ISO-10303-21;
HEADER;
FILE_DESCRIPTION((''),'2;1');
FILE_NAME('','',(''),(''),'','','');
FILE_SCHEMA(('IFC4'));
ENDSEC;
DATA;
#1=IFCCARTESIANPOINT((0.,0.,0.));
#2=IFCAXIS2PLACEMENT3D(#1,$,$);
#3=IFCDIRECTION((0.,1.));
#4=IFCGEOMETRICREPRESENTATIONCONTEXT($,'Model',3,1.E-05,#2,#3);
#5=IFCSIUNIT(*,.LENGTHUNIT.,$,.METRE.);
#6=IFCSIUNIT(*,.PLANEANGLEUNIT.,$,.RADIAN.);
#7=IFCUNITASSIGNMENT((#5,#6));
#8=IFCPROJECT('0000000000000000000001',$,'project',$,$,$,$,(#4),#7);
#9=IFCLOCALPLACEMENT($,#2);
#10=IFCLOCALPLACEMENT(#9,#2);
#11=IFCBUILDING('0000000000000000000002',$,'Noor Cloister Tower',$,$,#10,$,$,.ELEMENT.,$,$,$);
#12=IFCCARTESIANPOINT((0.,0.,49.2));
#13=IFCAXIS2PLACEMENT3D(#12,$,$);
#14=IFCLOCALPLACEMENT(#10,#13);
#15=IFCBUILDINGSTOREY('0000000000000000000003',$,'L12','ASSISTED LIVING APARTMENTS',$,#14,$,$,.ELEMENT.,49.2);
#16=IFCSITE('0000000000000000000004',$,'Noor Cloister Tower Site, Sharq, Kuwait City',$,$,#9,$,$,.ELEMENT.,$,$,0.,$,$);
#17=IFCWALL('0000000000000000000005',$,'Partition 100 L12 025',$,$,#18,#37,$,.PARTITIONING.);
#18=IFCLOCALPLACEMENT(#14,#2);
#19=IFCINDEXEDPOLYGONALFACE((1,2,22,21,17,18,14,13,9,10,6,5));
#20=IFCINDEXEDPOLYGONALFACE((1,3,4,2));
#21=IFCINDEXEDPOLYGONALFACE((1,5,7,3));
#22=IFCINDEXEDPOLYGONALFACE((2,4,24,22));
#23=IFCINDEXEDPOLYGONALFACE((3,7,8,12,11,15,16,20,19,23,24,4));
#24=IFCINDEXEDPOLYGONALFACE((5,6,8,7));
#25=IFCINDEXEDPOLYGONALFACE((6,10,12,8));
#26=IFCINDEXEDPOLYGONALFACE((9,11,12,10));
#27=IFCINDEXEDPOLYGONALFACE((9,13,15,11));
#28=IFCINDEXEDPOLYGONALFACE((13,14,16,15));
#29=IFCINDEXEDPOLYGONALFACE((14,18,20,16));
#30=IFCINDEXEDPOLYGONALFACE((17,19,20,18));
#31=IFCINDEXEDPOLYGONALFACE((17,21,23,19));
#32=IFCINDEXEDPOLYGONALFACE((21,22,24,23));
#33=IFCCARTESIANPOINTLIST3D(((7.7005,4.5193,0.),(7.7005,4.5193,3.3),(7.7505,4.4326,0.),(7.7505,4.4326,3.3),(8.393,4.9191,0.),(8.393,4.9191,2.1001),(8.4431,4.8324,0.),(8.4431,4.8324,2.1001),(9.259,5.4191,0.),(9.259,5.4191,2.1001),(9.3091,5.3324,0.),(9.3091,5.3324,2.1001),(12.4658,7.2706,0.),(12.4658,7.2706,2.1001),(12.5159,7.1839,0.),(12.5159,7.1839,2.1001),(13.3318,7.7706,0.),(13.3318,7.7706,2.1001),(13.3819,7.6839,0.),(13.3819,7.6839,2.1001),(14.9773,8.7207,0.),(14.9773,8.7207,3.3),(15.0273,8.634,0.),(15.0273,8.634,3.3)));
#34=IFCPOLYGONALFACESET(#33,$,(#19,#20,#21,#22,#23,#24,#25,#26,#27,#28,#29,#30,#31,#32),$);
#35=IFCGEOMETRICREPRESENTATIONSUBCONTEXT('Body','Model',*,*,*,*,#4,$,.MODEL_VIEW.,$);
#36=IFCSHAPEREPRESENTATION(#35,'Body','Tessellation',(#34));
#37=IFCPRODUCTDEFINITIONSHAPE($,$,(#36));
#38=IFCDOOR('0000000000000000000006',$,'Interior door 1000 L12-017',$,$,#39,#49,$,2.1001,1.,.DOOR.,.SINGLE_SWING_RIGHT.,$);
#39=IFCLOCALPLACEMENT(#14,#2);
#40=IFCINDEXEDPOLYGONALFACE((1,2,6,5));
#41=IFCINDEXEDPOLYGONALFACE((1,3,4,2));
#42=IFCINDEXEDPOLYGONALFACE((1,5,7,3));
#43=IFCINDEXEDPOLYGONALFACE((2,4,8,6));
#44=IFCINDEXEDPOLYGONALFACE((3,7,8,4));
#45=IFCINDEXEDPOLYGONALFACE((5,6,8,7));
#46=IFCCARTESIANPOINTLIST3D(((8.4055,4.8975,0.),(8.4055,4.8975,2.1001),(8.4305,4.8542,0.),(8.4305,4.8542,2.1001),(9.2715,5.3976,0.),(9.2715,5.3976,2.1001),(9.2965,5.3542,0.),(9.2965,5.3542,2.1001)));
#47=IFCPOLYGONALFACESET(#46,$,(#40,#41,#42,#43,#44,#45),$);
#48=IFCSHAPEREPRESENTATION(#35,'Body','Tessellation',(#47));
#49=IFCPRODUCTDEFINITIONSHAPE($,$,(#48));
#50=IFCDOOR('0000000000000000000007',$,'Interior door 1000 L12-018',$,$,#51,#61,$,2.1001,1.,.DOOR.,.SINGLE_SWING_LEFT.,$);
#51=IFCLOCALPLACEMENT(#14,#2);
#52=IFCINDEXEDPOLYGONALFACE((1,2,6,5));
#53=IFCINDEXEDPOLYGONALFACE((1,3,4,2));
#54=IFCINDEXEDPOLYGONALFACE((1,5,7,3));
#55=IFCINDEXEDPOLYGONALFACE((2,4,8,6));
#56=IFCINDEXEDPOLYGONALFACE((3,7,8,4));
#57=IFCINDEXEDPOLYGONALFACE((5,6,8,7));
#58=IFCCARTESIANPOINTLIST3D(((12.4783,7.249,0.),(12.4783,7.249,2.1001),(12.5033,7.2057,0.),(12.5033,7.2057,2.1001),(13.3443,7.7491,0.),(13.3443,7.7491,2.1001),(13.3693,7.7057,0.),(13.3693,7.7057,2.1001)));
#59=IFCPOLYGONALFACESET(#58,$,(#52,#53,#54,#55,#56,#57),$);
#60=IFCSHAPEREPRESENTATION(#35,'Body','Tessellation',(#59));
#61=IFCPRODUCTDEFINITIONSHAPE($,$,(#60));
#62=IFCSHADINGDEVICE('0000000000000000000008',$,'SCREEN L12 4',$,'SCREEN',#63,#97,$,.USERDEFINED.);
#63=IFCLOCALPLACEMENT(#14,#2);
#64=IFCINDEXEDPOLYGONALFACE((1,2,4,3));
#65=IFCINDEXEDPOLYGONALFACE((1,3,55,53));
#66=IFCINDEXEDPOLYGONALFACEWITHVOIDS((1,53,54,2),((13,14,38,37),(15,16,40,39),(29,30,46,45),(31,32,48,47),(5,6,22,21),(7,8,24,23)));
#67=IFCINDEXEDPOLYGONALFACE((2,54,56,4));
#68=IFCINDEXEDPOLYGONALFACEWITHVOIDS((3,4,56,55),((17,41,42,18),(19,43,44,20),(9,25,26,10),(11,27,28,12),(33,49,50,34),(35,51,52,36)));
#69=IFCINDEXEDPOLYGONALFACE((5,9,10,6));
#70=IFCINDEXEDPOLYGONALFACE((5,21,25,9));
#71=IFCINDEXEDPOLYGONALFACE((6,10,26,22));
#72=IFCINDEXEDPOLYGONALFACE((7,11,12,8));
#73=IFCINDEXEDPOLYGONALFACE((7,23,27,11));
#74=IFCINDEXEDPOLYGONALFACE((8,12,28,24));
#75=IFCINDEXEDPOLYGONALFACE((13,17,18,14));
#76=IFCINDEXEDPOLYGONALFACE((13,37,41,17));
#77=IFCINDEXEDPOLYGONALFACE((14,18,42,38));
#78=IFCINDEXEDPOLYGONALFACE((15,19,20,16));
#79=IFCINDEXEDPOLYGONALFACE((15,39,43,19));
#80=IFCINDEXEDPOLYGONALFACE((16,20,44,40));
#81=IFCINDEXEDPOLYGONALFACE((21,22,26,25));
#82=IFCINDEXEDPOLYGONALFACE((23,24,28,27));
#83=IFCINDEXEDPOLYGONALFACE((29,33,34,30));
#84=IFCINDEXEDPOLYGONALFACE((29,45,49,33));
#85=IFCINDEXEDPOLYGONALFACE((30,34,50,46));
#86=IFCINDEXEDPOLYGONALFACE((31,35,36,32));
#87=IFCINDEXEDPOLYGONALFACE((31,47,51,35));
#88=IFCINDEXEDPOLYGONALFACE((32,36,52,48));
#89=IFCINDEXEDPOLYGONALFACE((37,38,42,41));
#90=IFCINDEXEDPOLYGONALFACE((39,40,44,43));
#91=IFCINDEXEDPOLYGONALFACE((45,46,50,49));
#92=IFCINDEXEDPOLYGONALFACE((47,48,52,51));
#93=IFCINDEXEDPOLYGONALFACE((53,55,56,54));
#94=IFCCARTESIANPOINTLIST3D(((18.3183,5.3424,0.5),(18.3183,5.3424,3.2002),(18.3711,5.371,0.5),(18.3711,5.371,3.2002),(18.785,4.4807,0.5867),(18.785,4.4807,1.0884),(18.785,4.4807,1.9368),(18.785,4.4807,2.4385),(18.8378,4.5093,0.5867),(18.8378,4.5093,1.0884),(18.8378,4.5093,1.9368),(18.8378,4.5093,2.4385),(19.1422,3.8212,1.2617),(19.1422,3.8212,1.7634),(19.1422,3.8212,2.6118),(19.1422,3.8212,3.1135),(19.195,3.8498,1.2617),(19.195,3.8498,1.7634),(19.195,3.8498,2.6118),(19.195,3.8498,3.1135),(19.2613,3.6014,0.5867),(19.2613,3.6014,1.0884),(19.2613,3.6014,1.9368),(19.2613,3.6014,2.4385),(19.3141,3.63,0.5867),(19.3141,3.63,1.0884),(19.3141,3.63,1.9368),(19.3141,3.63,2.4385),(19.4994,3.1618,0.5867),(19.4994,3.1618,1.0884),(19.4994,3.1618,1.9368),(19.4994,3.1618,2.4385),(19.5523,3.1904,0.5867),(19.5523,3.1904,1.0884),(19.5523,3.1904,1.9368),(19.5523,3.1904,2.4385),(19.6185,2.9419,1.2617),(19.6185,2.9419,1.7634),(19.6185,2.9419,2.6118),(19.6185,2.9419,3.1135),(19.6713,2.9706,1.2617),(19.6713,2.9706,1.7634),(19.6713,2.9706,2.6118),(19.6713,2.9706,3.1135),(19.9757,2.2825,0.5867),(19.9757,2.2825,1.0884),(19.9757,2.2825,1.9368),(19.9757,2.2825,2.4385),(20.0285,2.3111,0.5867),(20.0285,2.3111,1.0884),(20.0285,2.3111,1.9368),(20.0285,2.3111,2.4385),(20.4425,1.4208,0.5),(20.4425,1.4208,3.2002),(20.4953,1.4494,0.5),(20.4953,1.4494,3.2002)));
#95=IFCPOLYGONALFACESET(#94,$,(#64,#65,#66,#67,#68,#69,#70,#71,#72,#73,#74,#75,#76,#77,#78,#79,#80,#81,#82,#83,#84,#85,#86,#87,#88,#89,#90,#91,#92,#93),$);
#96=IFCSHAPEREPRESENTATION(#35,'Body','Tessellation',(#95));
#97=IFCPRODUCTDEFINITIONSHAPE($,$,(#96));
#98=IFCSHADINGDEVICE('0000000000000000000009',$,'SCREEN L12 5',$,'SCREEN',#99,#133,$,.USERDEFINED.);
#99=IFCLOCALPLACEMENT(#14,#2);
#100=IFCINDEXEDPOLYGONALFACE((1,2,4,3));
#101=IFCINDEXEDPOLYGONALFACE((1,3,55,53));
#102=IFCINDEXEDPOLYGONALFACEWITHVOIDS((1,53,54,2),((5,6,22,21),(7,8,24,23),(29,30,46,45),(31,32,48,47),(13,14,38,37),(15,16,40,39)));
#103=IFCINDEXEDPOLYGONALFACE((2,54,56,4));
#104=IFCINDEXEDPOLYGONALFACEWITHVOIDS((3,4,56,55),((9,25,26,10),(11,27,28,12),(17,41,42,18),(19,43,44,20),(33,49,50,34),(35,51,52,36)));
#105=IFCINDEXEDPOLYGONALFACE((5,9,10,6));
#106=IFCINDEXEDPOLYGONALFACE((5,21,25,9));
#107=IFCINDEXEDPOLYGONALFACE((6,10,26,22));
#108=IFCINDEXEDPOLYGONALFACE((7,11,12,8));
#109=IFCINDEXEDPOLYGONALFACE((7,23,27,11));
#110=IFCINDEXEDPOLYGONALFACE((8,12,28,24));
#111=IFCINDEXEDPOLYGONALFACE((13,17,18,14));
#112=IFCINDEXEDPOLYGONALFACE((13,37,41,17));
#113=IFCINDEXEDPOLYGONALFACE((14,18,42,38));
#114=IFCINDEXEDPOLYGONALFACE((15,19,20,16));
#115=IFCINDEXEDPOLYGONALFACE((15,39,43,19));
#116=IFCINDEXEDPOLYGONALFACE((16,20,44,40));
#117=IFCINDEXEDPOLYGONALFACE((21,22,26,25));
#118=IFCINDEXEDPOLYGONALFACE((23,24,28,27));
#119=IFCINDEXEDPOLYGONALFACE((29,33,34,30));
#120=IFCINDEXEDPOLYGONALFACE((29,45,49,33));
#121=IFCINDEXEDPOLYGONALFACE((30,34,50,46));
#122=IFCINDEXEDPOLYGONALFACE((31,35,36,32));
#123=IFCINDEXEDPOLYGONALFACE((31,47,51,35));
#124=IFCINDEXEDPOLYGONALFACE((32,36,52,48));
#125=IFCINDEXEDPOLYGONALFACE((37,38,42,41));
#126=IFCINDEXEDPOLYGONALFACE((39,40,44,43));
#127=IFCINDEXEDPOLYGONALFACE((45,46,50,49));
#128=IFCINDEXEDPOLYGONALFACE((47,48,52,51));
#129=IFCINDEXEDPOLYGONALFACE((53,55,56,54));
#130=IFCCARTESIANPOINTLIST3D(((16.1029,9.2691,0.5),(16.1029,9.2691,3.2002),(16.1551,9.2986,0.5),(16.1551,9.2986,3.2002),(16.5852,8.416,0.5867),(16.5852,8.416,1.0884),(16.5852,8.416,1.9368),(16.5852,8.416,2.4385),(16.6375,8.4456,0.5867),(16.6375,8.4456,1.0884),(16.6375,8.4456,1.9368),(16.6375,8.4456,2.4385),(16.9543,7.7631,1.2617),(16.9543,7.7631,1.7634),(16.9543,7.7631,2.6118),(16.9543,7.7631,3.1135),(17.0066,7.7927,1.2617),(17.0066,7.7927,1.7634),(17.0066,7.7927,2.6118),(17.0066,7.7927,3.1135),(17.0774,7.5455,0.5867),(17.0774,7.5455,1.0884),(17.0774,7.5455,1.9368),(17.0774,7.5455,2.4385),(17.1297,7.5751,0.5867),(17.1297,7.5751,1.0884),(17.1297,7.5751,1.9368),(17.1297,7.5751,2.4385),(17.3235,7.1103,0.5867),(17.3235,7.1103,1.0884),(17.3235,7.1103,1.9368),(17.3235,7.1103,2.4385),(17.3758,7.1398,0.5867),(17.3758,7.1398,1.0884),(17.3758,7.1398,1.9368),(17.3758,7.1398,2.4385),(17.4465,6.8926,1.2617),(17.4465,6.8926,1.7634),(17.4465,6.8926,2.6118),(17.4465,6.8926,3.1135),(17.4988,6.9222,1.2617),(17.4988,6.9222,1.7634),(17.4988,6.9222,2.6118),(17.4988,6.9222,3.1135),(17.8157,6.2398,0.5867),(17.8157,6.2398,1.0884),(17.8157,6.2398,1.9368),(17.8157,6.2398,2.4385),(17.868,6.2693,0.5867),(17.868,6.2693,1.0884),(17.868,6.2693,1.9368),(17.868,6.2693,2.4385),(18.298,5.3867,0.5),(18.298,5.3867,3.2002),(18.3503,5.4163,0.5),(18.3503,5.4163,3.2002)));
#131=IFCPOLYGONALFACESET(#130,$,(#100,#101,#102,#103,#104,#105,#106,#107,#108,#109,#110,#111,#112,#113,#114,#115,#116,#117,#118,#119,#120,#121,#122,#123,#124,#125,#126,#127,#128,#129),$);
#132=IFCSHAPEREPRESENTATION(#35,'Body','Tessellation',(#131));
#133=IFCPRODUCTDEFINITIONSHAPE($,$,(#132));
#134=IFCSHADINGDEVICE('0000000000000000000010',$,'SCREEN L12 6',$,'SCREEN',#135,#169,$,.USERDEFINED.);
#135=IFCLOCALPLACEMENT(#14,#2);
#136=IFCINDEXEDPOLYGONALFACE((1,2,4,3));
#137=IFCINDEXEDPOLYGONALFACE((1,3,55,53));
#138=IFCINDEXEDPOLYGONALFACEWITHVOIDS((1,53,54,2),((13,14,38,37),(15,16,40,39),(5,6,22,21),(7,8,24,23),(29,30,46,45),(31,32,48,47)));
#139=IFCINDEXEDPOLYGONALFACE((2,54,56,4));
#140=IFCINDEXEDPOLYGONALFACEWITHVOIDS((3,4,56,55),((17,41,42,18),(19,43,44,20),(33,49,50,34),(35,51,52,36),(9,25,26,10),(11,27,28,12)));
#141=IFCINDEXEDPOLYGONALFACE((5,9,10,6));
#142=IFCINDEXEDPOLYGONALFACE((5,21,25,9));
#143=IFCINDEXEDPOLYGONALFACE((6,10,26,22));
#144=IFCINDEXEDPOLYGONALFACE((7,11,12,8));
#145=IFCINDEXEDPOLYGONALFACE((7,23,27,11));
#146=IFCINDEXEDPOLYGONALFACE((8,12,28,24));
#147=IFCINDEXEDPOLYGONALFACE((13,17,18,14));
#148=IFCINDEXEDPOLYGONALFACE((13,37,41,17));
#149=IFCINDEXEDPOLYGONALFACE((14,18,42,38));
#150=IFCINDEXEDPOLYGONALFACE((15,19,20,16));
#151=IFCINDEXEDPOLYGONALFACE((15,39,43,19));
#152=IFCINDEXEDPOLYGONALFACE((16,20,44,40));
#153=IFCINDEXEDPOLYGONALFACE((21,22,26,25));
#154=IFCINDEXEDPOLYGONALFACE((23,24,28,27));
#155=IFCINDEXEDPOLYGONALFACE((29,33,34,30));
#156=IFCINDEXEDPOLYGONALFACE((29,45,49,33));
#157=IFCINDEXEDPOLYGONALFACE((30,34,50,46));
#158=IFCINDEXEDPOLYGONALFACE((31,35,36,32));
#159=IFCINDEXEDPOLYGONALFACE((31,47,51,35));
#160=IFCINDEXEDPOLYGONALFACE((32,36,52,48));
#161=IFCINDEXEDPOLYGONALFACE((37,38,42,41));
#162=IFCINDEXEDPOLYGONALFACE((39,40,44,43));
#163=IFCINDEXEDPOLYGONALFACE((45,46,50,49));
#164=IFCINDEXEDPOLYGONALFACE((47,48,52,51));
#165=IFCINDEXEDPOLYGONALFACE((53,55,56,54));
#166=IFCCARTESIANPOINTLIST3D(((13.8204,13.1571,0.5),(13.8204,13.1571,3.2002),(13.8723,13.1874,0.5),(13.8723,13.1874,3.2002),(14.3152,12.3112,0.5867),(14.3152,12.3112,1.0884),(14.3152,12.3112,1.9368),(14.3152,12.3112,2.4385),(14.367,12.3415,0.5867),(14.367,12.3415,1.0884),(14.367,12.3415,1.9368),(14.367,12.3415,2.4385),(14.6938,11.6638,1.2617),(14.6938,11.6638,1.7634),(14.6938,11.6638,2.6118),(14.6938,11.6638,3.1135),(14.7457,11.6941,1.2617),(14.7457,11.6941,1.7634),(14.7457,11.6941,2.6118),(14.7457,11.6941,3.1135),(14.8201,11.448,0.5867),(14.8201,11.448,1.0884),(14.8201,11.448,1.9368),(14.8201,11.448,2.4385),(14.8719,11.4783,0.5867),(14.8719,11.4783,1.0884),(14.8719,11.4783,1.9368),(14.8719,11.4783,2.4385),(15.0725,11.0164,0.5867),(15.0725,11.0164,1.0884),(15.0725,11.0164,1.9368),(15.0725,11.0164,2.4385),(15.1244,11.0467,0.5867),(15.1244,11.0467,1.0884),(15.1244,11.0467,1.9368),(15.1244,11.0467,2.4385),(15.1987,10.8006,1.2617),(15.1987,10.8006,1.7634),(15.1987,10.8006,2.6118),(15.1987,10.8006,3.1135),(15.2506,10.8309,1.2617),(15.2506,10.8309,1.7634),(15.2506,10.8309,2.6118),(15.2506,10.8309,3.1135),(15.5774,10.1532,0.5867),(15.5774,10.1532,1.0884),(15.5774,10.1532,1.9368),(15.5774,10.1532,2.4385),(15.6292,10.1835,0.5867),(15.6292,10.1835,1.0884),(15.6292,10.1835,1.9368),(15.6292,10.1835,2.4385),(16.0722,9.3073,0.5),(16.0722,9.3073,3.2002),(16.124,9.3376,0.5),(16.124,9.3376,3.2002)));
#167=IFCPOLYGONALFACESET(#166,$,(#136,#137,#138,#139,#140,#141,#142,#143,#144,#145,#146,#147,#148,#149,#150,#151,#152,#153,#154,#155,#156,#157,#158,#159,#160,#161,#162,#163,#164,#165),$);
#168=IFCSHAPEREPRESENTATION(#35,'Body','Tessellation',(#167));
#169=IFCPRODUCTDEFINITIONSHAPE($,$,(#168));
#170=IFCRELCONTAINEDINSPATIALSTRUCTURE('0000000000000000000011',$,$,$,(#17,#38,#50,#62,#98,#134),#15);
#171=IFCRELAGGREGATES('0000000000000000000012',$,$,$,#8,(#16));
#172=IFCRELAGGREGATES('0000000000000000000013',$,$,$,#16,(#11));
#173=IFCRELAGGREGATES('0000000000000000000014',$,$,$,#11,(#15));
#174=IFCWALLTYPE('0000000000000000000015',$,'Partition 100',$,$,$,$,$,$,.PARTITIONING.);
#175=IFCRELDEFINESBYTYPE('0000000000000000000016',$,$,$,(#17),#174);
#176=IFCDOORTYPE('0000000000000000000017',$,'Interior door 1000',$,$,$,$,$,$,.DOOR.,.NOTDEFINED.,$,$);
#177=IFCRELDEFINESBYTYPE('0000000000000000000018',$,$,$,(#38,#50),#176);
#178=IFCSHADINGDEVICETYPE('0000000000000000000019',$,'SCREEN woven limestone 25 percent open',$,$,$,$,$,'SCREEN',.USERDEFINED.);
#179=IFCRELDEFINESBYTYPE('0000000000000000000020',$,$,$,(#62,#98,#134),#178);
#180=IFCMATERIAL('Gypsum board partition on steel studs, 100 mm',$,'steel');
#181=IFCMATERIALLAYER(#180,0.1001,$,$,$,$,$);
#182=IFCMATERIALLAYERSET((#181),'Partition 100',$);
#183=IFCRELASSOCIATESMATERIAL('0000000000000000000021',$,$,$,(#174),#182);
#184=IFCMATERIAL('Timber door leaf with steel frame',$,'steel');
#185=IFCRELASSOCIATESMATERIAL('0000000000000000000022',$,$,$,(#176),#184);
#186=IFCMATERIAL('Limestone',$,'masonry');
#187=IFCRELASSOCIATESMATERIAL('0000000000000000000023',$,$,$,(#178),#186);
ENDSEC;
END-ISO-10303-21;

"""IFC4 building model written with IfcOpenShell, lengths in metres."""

from ifc_helpers import new_model, si_unit, direction, frame, frame_2d, origin, place, context, subcontext, project, spatial, polyline, rectangle, outline, extrude, material, layer, layer_set, material_profile, profile_set, type_object, element, fill, save


model = new_model("IFC4")

# Units and contexts
model_context = context("Model", 3, precision=1e-05, world=origin(), true_north=direction((0.0, 1.0)))
body_context = subcontext(model_context, "Body", "Model", "MODEL_VIEW")
ifc_project = project(units=[si_unit("LENGTHUNIT", "METRE"), si_unit("PLANEANGLEUNIT", "RADIAN")], contexts=[model_context])

# Site, building, storey
site_placement = place(None, origin())
site = spatial("IfcSite", under=ifc_project, at=site_placement, Name="Noor Cloister Tower Site, Sharq, Kuwait City", CompositionType="ELEMENT", RefElevation=0.0)
building_placement = place(site_placement, origin())
building = spatial("IfcBuilding", under=site, at=building_placement, Name="Noor Cloister Tower", CompositionType="ELEMENT")
storey_placement = place(building_placement, frame((0.0, 0.0, 49.2)))
storey = spatial("IfcBuildingStorey", under=building, at=storey_placement, Name="L12", Description="ASSISTED LIVING APARTMENTS", CompositionType="ELEMENT", Elevation=49.2)

# Wall, openings, doors
ifc_material_1 = material(Name="Gypsum board partition on steel studs, 100 mm", Category="steel")
ifc_layer_1 = layer(ifc_material_1, 0.1001)
ifc_layer_set_1 = layer_set([ifc_layer_1], Name="Partition 100")
wall_type_1 = type_object("IfcWallType", Name="Partition 100", PredefinedType="PARTITIONING", material=ifc_layer_set_1)
wall_1_placement = place(storey_placement, frame((15.0022, 8.6772, 0.0), z_axis=(0.0, 0.0, 1.0), x_axis=(-0.866019, -0.500011, 0.0)))
wall_1 = element("IfcWall", 1, at=wall_1_placement, inside=storey, type_object=wall_type_1, Name="Partition 100 L12 025", PredefinedType="PARTITIONING", context=body_context, shape_type="SweptSolid", body=[
    extrude(rectangle(XDim=8.4026, YDim=0.1001, at=frame_2d((4.2012, 0.0))), origin(), (0.0, 0.0, 1.0), 3.3),
])
opening_1_placement = place(wall_1_placement, frame((6.6028, 0.0, 0.0)))
opening_1 = element("IfcOpeningElement", 2, at=opening_1_placement, cuts=wall_1, PredefinedType="OPENING", context=body_context, shape_type="SweptSolid", body=[
    extrude(rectangle(XDim=1.0, YDim=2.1001, at=frame_2d((0.5, 1.05))), frame((0.0, 0.0601, 0.0), z_axis=(0.0, -1.0, 0.0), x_axis=(1.0, 0.0, 0.0)), (0.0, 0.0, 1.0), 0.1201),
])
opening_2_placement = place(wall_1_placement, frame((1.8999, 0.0, 0.0)))
opening_2 = element("IfcOpeningElement", 3, at=opening_2_placement, cuts=wall_1, PredefinedType="OPENING", context=body_context, shape_type="SweptSolid", body=[
    extrude(rectangle(XDim=1.0, YDim=2.1001, at=frame_2d((0.5, 1.05))), frame((0.0, 0.0601, 0.0), z_axis=(0.0, -1.0, 0.0), x_axis=(1.0, 0.0, 0.0)), (0.0, 0.0, 1.0), 0.1201),
])
ifc_material_2 = material(Name="Timber door leaf with steel frame", Category="steel")
door_type = type_object("IfcDoorType", Name="Interior door 1000", OperationType="NOTDEFINED", PredefinedType="DOOR", material=ifc_material_2)
door_1_placement = place(opening_1_placement, origin())
door_1 = element("IfcDoor", 4, at=door_1_placement, inside=storey, type_object=door_type, Name="Interior door 1000 L12-017", OperationType="SINGLE_SWING_RIGHT", OverallHeight=2.1001, OverallWidth=1.0, PredefinedType="DOOR", context=body_context, shape_type="SweptSolid", body=[
    extrude(rectangle(XDim=1.0, YDim=2.1001, at=frame_2d((0.5, 1.05))), frame((0.0, 0.0249, 0.0), z_axis=(0.0, -1.0, 0.0), x_axis=(1.0, 0.0, 0.0)), (0.0, 0.0, 1.0), 0.05),
])
fill(opening_1, door_1)
door_2_placement = place(opening_2_placement, origin())
door_2 = element("IfcDoor", 5, at=door_2_placement, inside=storey, type_object=door_type, Name="Interior door 1000 L12-018", OperationType="SINGLE_SWING_LEFT", OverallHeight=2.1001, OverallWidth=1.0, PredefinedType="DOOR", context=body_context, shape_type="SweptSolid", body=[
    extrude(rectangle(XDim=1.0, YDim=2.1001, at=frame_2d((0.5, 1.05))), frame((0.0, 0.0249, 0.0), z_axis=(0.0, -1.0, 0.0), x_axis=(1.0, 0.0, 0.0)), (0.0, 0.0, 1.0), 0.05),
])
fill(opening_2, door_2)

# Shading devices
ifc_material_3 = material(Name="Limestone", Category="masonry")
ifc_material_profile_1 = material_profile(ifc_material_3, outline(polyline([(-2.23, -1.3501), (2.23, -1.3501), (2.23, 1.3501), (-2.23, 1.3501), (-2.23, -1.3501)]), holes=[polyline([(-1.25, -1.2634), (-0.25, -1.2634), (-0.25, -0.7617), (-1.25, -0.7617), (-1.25, -1.2634)]), polyline([(0.25, -1.2634), (1.25, -1.2634), (1.25, -0.7617), (0.25, -0.7617), (0.25, -1.2634)]), polyline([(-0.5, -0.5884), (0.5, -0.5884), (0.5, -0.0867), (-0.5, -0.0867), (-0.5, -0.5884)]), polyline([(-1.25, 0.0867), (-0.25, 0.0867), (-0.25, 0.5884), (-1.25, 0.5884), (-1.25, 0.0867)]), polyline([(0.25, 0.0867), (1.25, 0.0867), (1.25, 0.5884), (0.25, 0.5884), (0.25, 0.0867)]), polyline([(-0.5, 0.7617), (0.5, 0.7617), (0.5, 1.2634), (-0.5, 1.2634), (-0.5, 0.7617)])]), Name="Woven screen 25 percent open")
ifc_profile_set_1 = profile_set([ifc_material_profile_1], Name="Limestone")
shading_device_type = type_object("IfcShadingDeviceType", Name="SCREEN woven limestone 25 percent open", ElementType="SCREEN", PredefinedType="USERDEFINED", material=ifc_profile_set_1)
for number, where, z_axis, x_axis, name in (
    (6, (19.3804, 3.3816, 1.8501), (0.879292, 0.476283, 0.0), (-0.476283, 0.879292, 0.0), "SCREEN L12 4"),
    (7, (17.2004, 7.3279, 1.8501), (0.870487, 0.492191, 0.0), (-0.492191, 0.870487, 0.0), "SCREEN L12 5"),
    (8, (14.9463, 11.2322, 1.8501), (0.863188, 0.504883, 0.0), (-0.504883, 0.863188, 0.0), "SCREEN L12 6"),
):
    element("IfcShadingDevice", number, at=place(storey_placement, frame(where, z_axis=z_axis, x_axis=x_axis)), inside=storey, type_object=shading_device_type, Name=name, ObjectType="SCREEN", PredefinedType="USERDEFINED", context=body_context, shape_type="SweptSolid", body=[
        extrude(outline(polyline([(-2.23, -1.3501), (2.23, -1.3501), (2.23, 1.3501), (-2.23, 1.3501), (-2.23, -1.3501)]), holes=[polyline([(-1.25, -1.2634), (-0.25, -1.2634), (-0.25, -0.7617), (-1.25, -0.7617), (-1.25, -1.2634)]), polyline([(0.25, -1.2634), (1.25, -1.2634), (1.25, -0.7617), (0.25, -0.7617), (0.25, -1.2634)]), polyline([(-0.5, -0.5884), (0.5, -0.5884), (0.5, -0.0867), (-0.5, -0.0867), (-0.5, -0.5884)]), polyline([(-1.25, 0.0867), (-0.25, 0.0867), (-0.25, 0.5884), (-1.25, 0.5884), (-1.25, 0.0867)]), polyline([(0.25, 0.0867), (1.25, 0.0867), (1.25, 0.5884), (0.25, 0.5884), (0.25, 0.0867)]), polyline([(-0.5, 0.7617), (0.5, 0.7617), (0.5, 1.2634), (-0.5, 1.2634), (-0.5, 0.7617)])]), origin(), (0.0, 0.0, 1.0), 0.0601),
    ])

save(model, "model.ifc")
